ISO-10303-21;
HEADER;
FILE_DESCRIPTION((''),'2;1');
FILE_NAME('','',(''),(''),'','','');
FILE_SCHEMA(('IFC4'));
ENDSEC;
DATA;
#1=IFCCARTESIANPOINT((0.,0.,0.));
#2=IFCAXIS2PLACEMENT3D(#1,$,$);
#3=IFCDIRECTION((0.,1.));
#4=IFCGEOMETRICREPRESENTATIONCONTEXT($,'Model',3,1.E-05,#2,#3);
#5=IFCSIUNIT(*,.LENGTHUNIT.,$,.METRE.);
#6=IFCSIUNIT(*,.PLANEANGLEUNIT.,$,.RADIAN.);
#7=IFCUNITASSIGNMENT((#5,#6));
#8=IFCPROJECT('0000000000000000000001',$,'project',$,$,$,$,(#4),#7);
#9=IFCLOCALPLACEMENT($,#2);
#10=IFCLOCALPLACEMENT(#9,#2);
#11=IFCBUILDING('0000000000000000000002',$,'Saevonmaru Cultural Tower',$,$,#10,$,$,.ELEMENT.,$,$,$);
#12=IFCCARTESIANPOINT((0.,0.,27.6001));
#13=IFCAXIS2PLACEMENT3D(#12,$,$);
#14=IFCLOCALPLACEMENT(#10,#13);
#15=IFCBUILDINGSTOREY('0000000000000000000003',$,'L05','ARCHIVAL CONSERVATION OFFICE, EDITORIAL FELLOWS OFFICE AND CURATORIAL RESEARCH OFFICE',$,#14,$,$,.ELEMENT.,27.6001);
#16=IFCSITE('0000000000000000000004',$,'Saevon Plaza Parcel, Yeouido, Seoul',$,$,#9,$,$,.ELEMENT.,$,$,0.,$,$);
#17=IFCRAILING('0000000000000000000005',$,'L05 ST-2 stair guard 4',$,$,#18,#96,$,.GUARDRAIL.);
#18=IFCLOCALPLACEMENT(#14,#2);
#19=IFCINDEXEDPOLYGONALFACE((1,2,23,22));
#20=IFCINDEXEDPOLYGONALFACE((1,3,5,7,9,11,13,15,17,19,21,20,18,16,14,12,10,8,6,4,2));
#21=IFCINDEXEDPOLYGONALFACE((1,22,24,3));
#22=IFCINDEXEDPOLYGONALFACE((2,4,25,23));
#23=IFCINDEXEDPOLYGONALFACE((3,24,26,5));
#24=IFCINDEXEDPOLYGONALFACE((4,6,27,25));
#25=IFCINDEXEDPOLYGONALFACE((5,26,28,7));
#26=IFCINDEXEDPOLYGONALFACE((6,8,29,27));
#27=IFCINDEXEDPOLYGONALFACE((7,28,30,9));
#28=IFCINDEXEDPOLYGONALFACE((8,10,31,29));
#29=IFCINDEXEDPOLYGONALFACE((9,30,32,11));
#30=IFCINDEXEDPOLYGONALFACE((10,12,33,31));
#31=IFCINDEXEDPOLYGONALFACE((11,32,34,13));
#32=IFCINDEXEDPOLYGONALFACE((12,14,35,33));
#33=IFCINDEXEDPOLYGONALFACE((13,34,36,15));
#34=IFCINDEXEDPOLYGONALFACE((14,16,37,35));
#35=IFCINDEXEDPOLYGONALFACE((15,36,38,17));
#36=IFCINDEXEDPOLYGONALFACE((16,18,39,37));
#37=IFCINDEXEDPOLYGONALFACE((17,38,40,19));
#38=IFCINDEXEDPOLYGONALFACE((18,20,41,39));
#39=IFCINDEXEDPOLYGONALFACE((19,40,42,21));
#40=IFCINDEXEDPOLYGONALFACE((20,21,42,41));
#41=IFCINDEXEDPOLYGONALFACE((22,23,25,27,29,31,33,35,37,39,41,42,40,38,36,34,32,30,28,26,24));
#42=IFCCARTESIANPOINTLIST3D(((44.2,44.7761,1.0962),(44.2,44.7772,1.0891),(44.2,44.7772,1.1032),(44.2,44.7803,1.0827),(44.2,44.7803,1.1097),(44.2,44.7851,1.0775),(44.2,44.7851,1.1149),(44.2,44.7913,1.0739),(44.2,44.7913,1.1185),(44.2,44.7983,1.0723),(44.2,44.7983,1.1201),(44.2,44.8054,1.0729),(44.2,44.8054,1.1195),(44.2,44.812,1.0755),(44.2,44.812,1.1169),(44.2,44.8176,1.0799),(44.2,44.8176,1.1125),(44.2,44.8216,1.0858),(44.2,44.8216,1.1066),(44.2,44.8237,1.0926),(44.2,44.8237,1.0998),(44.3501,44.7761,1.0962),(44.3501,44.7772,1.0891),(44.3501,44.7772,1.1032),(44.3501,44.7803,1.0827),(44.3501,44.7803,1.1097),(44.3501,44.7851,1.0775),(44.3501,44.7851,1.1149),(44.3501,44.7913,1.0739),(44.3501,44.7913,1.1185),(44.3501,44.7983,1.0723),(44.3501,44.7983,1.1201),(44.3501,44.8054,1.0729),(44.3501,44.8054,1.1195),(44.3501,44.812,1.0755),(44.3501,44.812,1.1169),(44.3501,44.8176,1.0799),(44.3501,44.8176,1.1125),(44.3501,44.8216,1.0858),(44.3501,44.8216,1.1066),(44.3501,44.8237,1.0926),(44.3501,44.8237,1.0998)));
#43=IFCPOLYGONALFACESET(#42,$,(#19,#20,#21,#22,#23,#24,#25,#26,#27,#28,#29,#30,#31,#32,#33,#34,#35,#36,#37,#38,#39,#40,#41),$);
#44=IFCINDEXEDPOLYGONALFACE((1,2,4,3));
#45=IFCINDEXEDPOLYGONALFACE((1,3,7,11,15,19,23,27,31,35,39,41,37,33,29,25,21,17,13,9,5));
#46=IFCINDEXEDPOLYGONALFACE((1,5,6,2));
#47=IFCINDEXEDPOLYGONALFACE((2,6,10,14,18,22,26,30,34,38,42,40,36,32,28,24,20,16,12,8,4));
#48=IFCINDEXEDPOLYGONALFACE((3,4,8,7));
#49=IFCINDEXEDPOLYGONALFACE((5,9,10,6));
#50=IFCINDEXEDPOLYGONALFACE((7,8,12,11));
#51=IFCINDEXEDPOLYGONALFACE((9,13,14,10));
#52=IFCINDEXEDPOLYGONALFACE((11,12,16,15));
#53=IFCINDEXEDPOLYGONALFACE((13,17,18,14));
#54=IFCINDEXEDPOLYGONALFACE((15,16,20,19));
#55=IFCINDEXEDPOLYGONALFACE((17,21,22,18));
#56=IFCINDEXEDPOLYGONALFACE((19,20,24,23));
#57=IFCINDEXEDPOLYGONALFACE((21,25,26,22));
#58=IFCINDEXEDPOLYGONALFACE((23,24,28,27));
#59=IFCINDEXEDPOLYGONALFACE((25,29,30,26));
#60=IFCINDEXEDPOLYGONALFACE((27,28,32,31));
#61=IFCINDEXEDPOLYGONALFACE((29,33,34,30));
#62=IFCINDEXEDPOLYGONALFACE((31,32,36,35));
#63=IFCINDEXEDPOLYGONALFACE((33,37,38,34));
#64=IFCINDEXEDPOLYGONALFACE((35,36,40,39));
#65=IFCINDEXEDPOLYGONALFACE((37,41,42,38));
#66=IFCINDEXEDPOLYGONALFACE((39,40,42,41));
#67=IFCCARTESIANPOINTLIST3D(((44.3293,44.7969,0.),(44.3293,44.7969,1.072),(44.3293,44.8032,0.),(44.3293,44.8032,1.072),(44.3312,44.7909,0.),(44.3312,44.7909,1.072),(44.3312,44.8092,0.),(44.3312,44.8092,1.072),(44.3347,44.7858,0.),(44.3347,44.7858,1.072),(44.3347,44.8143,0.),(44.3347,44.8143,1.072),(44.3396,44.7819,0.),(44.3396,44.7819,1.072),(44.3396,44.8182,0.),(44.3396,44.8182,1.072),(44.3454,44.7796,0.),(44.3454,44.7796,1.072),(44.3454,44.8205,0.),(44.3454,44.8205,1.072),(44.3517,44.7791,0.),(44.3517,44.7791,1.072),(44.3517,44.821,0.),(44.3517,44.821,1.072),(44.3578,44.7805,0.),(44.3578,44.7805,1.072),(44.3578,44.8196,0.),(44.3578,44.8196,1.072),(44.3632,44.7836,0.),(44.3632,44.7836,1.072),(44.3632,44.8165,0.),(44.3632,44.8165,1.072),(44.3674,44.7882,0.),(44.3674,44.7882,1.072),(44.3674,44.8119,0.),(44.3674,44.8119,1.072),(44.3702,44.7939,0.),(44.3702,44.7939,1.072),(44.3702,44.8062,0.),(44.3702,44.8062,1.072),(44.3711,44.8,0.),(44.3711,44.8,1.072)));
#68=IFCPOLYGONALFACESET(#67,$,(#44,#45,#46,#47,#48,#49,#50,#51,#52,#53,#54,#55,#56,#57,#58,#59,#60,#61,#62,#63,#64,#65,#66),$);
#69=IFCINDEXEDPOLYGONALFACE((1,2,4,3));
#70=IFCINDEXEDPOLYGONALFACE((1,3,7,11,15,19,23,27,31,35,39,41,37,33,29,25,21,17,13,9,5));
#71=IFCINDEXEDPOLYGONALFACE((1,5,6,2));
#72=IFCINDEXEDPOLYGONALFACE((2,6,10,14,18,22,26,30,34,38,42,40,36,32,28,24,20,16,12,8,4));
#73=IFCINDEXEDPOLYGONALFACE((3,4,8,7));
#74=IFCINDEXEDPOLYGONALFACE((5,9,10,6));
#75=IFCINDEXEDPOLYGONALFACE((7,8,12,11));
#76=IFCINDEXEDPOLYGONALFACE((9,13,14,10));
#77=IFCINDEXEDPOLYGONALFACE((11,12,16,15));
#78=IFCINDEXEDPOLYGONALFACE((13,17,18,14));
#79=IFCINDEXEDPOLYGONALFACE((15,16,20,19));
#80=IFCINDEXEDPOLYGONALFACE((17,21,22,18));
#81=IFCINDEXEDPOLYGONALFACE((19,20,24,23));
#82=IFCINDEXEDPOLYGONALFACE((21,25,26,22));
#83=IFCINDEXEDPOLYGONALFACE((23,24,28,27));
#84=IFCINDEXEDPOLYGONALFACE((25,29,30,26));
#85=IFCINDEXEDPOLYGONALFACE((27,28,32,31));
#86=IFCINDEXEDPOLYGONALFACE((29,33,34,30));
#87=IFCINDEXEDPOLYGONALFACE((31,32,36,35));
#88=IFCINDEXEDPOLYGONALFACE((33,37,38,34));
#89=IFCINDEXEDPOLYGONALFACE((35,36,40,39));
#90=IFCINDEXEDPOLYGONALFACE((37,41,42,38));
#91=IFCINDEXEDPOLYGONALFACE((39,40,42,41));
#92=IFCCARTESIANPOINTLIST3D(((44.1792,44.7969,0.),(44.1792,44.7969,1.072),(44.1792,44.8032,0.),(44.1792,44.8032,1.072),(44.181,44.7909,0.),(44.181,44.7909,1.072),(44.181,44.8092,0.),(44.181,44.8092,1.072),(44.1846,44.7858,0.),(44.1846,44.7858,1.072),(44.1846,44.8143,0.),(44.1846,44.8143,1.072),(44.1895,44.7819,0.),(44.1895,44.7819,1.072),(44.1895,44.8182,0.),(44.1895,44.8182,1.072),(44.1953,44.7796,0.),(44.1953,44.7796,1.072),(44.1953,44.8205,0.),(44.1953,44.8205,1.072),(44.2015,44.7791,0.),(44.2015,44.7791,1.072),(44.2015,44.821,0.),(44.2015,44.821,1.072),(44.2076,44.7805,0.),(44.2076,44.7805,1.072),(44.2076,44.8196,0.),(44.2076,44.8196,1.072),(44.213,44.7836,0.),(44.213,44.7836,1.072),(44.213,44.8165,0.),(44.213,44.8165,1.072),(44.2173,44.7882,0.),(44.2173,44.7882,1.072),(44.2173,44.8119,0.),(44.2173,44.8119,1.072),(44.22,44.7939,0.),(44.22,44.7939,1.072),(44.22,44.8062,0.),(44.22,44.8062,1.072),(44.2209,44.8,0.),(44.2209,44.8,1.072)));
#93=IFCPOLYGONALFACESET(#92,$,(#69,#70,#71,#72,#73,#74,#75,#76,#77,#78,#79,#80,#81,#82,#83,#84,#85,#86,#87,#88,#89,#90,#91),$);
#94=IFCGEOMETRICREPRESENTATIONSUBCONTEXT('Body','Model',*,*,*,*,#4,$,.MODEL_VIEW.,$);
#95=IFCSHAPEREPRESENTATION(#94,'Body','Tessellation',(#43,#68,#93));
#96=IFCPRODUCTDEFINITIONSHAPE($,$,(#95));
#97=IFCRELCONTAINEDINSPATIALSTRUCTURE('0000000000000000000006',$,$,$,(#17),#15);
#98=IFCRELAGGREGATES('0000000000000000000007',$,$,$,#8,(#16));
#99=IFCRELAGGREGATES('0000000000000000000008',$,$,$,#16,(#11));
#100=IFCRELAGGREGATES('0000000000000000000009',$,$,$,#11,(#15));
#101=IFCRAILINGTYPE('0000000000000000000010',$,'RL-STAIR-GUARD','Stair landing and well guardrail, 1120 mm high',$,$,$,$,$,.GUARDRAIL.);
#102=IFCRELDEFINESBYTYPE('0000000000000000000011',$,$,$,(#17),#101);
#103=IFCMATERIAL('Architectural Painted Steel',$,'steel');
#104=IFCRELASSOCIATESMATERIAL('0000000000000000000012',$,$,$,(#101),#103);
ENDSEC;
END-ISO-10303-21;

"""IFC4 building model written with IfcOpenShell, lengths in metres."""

from ifc_helpers import new_model, si_unit, direction, frame, origin, origin_2d, place, context, subcontext, project, spatial, circle, extrude, material, type_object, element, save


model = new_model("IFC4")

# Units and contexts
model_context = context("Model", 3, precision=1e-05, world=origin(), true_north=direction((0.0, 1.0)))
body_context = subcontext(model_context, "Body", "Model", "MODEL_VIEW")
ifc_project = project(units=[si_unit("LENGTHUNIT", "METRE"), si_unit("PLANEANGLEUNIT", "RADIAN")], contexts=[model_context])

# Site, building, storey
site_placement = place(None, origin())
site = spatial("IfcSite", under=ifc_project, at=site_placement, Name="Saevon Plaza Parcel, Yeouido, Seoul", CompositionType="ELEMENT", RefElevation=0.0)
building_placement = place(site_placement, origin())
building = spatial("IfcBuilding", under=site, at=building_placement, Name="Saevonmaru Cultural Tower", CompositionType="ELEMENT")
storey_placement = place(building_placement, frame((0.0, 0.0, 27.6001)))
storey = spatial("IfcBuildingStorey", under=building, at=storey_placement, Name="L05", Description="ARCHIVAL CONSERVATION OFFICE, EDITORIAL FELLOWS OFFICE AND CURATORIAL RESEARCH OFFICE", CompositionType="ELEMENT", Elevation=27.6001)

# Railing
ifc_material_1 = material(Name="Architectural Painted Steel", Category="steel")
railing_type_1 = type_object("IfcRailingType", Name="RL-STAIR-GUARD", Description="Stair landing and well guardrail, 1120 mm high", PredefinedType="GUARDRAIL", material=ifc_material_1)
railing_1_placement = place(storey_placement, frame((44.3501, 44.8, 0.0)))
element("IfcRailing", 1, at=railing_1_placement, inside=storey, type_object=railing_type_1, Name="L05 ST-2 stair guard 4", PredefinedType="GUARDRAIL", context=body_context, shape_type="SweptSolid", body=[
    extrude(circle(Radius=0.0239, at=origin_2d()), frame((0.0, 0.0, 1.0962), z_axis=(-1.0, 0.0, 0.0), x_axis=(0.0, -1.0, 0.0)), (0.0, 0.0, 1.0), 0.1501),
    extrude(circle(Radius=0.021, at=origin_2d()), origin(), (0.0, 0.0, 1.0), 1.072),
    extrude(circle(Radius=0.021, at=origin_2d()), frame((-0.1501, 0.0, 0.0)), (0.0, 0.0, 1.0), 1.072),
])

save(model, "model.ifc")
